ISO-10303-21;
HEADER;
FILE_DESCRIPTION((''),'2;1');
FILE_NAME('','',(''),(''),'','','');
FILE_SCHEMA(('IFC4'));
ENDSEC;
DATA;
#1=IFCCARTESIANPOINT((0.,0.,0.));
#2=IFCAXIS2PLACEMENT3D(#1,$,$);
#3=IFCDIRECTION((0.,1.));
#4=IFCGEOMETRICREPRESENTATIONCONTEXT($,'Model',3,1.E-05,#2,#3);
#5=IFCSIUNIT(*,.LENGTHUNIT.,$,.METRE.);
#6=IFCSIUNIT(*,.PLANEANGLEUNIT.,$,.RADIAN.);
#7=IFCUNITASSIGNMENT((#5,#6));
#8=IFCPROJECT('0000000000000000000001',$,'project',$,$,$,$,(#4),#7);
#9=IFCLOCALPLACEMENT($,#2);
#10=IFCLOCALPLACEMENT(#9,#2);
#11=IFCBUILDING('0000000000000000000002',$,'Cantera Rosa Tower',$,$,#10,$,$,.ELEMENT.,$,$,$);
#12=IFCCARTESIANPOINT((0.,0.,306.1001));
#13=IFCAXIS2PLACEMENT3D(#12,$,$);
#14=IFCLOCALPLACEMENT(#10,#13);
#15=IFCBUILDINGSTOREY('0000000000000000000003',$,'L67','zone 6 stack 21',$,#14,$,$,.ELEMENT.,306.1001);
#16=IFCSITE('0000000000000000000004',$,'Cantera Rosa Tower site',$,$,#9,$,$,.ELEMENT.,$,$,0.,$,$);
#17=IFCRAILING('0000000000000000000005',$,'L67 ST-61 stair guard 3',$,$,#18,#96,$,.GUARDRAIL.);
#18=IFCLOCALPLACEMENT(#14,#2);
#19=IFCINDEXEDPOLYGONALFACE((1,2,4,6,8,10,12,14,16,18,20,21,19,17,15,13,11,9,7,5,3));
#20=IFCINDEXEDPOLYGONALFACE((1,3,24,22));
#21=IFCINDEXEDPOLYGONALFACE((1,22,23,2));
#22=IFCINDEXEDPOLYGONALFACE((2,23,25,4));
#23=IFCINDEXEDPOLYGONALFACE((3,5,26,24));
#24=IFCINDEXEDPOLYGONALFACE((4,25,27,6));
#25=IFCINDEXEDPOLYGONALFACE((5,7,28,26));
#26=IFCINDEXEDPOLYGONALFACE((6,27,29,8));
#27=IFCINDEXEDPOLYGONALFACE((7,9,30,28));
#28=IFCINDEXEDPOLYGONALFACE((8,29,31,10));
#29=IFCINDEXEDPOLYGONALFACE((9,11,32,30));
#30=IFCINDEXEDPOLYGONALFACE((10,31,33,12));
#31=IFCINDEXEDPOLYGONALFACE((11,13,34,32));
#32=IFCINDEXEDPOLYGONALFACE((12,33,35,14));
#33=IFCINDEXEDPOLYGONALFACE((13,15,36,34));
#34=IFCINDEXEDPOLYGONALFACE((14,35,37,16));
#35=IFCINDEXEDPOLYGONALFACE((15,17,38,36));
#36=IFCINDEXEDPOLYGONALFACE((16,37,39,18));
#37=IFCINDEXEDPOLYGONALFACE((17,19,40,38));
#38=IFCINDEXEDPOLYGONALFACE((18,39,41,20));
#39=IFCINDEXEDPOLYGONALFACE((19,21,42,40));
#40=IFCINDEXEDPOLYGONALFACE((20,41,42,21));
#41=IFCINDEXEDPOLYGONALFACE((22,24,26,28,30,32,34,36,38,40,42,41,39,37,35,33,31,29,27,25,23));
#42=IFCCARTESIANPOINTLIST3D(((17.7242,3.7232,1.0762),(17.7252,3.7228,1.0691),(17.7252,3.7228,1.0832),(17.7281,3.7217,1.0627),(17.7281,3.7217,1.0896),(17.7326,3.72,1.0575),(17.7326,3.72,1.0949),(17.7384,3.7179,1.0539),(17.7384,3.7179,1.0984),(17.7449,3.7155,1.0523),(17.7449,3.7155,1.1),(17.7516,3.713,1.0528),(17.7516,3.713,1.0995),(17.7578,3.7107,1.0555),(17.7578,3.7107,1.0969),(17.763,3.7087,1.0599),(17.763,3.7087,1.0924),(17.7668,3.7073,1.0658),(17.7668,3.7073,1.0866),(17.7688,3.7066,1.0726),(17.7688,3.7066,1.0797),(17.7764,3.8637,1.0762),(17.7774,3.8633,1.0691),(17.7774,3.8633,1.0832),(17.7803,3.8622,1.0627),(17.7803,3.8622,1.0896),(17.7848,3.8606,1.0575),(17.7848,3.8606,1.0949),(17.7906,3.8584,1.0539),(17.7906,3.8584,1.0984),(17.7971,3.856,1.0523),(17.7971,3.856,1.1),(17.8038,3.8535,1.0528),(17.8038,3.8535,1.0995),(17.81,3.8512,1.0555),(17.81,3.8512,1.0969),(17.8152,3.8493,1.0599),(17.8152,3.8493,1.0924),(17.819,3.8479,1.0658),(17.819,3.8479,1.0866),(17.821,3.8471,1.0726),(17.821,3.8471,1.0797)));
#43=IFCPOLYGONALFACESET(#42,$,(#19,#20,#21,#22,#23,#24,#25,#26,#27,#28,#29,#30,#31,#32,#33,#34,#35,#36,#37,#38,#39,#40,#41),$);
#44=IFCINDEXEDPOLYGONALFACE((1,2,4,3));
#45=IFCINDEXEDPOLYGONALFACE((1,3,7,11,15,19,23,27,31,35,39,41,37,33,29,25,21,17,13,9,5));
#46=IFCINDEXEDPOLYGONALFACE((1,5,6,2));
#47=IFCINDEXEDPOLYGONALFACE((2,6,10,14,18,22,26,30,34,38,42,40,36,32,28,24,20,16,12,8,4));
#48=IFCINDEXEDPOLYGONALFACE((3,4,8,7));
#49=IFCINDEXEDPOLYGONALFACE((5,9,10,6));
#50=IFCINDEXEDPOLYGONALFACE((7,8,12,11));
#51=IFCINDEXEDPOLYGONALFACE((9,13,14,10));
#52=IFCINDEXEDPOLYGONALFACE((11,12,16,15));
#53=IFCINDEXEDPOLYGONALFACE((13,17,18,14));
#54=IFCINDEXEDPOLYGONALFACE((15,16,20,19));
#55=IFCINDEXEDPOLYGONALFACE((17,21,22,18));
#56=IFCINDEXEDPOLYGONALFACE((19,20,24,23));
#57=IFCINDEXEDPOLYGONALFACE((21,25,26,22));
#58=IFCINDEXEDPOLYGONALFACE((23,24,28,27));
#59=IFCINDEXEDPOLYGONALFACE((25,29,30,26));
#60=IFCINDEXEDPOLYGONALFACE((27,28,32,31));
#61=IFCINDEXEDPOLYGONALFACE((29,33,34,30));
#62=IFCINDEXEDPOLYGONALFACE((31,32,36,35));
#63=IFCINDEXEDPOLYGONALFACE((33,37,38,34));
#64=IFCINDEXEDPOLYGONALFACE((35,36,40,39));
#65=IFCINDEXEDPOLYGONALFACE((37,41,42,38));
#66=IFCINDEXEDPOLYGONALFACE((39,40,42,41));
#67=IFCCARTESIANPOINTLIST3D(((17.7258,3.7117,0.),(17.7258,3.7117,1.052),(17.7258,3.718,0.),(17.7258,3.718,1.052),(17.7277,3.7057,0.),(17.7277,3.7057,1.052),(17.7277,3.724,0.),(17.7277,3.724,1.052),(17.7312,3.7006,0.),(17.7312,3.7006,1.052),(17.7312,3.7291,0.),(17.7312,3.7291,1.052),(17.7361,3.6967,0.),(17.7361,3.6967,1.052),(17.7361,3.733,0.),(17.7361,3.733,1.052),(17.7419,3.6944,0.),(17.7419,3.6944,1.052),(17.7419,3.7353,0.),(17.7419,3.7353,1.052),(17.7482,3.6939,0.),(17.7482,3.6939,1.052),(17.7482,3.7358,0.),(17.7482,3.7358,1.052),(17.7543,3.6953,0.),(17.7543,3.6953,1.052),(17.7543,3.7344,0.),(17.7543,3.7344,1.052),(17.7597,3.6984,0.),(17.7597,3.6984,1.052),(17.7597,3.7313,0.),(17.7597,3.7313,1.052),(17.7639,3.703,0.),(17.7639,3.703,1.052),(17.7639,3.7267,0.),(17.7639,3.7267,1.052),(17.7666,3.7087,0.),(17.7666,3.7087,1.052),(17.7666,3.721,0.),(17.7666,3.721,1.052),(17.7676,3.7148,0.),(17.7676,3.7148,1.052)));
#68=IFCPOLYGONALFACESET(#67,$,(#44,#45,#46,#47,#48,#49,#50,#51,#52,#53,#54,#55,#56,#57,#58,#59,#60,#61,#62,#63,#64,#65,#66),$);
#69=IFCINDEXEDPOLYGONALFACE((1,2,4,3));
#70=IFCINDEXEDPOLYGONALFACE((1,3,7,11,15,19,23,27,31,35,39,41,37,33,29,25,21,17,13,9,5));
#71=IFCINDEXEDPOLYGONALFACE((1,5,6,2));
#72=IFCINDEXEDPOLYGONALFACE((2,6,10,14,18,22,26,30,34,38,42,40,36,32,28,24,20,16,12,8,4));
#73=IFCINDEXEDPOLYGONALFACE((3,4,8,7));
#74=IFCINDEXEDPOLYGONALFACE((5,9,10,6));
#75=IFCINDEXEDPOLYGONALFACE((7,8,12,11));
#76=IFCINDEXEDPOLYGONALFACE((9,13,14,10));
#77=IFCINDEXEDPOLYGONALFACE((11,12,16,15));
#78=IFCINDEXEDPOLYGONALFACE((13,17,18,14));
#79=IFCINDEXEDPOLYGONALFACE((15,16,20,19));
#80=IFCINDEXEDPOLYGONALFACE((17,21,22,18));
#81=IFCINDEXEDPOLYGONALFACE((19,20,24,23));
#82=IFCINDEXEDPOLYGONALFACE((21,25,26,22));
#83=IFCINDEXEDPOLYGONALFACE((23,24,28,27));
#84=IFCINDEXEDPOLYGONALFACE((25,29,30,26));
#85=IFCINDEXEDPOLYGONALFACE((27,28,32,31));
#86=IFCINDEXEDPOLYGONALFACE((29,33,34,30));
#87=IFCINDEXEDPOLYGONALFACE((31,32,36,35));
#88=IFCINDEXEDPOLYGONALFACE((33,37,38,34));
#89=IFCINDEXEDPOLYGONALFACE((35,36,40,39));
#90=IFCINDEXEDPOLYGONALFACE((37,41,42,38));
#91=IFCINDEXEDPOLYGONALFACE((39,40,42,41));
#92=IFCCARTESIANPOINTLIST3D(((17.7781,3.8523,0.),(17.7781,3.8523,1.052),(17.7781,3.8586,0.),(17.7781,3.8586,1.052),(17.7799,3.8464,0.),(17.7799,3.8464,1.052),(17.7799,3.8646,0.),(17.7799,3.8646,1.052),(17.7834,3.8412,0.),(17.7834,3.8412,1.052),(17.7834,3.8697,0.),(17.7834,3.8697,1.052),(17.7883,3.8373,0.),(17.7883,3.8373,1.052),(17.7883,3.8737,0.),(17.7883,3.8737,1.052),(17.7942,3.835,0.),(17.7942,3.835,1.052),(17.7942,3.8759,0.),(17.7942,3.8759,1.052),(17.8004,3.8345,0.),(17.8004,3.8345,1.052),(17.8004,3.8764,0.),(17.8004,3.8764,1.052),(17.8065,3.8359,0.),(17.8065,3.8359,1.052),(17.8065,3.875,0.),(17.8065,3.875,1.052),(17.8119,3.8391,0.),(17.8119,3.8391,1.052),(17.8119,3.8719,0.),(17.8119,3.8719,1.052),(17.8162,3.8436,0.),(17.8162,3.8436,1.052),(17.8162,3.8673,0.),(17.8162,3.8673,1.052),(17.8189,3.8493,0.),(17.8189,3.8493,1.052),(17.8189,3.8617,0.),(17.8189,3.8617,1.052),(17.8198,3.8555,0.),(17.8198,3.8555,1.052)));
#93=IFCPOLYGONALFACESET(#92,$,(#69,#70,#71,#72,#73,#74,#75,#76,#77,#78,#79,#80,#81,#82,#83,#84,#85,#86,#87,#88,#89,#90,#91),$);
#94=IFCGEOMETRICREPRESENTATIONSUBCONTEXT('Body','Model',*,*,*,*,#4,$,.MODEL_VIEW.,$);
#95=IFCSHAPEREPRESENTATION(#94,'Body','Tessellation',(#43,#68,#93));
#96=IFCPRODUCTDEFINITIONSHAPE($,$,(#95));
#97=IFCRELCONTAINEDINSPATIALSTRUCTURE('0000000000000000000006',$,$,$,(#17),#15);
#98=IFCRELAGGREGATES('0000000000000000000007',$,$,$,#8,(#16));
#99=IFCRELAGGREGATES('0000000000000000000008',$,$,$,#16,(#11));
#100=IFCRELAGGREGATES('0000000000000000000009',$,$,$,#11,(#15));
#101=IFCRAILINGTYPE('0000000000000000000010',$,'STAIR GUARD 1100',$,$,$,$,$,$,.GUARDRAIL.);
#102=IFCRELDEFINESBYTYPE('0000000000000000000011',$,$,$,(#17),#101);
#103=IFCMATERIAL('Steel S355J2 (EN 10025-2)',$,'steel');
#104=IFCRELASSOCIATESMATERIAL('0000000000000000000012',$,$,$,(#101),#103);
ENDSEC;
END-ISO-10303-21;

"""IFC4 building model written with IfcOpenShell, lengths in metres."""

from ifc_helpers import new_model, si_unit, direction, frame, origin, origin_2d, place, context, subcontext, project, spatial, circle, extrude, material, type_object, element, save


model = new_model("IFC4")

# Units and contexts
model_context = context("Model", 3, precision=1e-05, world=origin(), true_north=direction((0.0, 1.0)))
body_context = subcontext(model_context, "Body", "Model", "MODEL_VIEW")
ifc_project = project(units=[si_unit("LENGTHUNIT", "METRE"), si_unit("PLANEANGLEUNIT", "RADIAN")], contexts=[model_context])

# Site, building, storey
site_placement = place(None, origin())
site = spatial("IfcSite", under=ifc_project, at=site_placement, Name="Cantera Rosa Tower site", CompositionType="ELEMENT", RefElevation=0.0)
building_placement = place(site_placement, origin())
building = spatial("IfcBuilding", under=site, at=building_placement, Name="Cantera Rosa Tower", CompositionType="ELEMENT")
storey_placement = place(building_placement, frame((0.0, 0.0, 306.1001)))
storey = spatial("IfcBuildingStorey", under=building, at=storey_placement, Name="L67", Description="zone 6 stack 21", CompositionType="ELEMENT", Elevation=306.1001)

# Railing
ifc_material_1 = material(Name="Steel S355J2 (EN 10025-2)", Category="steel")
railing_type_1 = type_object("IfcRailingType", Name="STAIR GUARD 1100", PredefinedType="GUARDRAIL", material=ifc_material_1)
railing_1_placement = place(storey_placement, frame((17.7466, 3.7148, 0.0)))
element("IfcRailing", 1, at=railing_1_placement, inside=storey, type_object=railing_type_1, Name="L67 ST-61 stair guard 3", PredefinedType="GUARDRAIL", context=body_context, shape_type="SweptSolid", body=[
    extrude(circle(Radius=0.0239, at=origin_2d()), frame((0.0, 0.0, 1.0762), z_axis=(0.348268, 0.937395, 0.0), x_axis=(-0.937395, 0.348268, 0.0)), (0.0, 0.0, 1.0), 0.1499),
    extrude(circle(Radius=0.021, at=origin_2d()), origin(), (0.0, 0.0, 1.0), 1.052),
    extrude(circle(Radius=0.021, at=origin_2d()), frame((0.0522, 0.1406, 0.0)), (0.0, 0.0, 1.0), 1.052),
])

save(model, "model.ifc")
